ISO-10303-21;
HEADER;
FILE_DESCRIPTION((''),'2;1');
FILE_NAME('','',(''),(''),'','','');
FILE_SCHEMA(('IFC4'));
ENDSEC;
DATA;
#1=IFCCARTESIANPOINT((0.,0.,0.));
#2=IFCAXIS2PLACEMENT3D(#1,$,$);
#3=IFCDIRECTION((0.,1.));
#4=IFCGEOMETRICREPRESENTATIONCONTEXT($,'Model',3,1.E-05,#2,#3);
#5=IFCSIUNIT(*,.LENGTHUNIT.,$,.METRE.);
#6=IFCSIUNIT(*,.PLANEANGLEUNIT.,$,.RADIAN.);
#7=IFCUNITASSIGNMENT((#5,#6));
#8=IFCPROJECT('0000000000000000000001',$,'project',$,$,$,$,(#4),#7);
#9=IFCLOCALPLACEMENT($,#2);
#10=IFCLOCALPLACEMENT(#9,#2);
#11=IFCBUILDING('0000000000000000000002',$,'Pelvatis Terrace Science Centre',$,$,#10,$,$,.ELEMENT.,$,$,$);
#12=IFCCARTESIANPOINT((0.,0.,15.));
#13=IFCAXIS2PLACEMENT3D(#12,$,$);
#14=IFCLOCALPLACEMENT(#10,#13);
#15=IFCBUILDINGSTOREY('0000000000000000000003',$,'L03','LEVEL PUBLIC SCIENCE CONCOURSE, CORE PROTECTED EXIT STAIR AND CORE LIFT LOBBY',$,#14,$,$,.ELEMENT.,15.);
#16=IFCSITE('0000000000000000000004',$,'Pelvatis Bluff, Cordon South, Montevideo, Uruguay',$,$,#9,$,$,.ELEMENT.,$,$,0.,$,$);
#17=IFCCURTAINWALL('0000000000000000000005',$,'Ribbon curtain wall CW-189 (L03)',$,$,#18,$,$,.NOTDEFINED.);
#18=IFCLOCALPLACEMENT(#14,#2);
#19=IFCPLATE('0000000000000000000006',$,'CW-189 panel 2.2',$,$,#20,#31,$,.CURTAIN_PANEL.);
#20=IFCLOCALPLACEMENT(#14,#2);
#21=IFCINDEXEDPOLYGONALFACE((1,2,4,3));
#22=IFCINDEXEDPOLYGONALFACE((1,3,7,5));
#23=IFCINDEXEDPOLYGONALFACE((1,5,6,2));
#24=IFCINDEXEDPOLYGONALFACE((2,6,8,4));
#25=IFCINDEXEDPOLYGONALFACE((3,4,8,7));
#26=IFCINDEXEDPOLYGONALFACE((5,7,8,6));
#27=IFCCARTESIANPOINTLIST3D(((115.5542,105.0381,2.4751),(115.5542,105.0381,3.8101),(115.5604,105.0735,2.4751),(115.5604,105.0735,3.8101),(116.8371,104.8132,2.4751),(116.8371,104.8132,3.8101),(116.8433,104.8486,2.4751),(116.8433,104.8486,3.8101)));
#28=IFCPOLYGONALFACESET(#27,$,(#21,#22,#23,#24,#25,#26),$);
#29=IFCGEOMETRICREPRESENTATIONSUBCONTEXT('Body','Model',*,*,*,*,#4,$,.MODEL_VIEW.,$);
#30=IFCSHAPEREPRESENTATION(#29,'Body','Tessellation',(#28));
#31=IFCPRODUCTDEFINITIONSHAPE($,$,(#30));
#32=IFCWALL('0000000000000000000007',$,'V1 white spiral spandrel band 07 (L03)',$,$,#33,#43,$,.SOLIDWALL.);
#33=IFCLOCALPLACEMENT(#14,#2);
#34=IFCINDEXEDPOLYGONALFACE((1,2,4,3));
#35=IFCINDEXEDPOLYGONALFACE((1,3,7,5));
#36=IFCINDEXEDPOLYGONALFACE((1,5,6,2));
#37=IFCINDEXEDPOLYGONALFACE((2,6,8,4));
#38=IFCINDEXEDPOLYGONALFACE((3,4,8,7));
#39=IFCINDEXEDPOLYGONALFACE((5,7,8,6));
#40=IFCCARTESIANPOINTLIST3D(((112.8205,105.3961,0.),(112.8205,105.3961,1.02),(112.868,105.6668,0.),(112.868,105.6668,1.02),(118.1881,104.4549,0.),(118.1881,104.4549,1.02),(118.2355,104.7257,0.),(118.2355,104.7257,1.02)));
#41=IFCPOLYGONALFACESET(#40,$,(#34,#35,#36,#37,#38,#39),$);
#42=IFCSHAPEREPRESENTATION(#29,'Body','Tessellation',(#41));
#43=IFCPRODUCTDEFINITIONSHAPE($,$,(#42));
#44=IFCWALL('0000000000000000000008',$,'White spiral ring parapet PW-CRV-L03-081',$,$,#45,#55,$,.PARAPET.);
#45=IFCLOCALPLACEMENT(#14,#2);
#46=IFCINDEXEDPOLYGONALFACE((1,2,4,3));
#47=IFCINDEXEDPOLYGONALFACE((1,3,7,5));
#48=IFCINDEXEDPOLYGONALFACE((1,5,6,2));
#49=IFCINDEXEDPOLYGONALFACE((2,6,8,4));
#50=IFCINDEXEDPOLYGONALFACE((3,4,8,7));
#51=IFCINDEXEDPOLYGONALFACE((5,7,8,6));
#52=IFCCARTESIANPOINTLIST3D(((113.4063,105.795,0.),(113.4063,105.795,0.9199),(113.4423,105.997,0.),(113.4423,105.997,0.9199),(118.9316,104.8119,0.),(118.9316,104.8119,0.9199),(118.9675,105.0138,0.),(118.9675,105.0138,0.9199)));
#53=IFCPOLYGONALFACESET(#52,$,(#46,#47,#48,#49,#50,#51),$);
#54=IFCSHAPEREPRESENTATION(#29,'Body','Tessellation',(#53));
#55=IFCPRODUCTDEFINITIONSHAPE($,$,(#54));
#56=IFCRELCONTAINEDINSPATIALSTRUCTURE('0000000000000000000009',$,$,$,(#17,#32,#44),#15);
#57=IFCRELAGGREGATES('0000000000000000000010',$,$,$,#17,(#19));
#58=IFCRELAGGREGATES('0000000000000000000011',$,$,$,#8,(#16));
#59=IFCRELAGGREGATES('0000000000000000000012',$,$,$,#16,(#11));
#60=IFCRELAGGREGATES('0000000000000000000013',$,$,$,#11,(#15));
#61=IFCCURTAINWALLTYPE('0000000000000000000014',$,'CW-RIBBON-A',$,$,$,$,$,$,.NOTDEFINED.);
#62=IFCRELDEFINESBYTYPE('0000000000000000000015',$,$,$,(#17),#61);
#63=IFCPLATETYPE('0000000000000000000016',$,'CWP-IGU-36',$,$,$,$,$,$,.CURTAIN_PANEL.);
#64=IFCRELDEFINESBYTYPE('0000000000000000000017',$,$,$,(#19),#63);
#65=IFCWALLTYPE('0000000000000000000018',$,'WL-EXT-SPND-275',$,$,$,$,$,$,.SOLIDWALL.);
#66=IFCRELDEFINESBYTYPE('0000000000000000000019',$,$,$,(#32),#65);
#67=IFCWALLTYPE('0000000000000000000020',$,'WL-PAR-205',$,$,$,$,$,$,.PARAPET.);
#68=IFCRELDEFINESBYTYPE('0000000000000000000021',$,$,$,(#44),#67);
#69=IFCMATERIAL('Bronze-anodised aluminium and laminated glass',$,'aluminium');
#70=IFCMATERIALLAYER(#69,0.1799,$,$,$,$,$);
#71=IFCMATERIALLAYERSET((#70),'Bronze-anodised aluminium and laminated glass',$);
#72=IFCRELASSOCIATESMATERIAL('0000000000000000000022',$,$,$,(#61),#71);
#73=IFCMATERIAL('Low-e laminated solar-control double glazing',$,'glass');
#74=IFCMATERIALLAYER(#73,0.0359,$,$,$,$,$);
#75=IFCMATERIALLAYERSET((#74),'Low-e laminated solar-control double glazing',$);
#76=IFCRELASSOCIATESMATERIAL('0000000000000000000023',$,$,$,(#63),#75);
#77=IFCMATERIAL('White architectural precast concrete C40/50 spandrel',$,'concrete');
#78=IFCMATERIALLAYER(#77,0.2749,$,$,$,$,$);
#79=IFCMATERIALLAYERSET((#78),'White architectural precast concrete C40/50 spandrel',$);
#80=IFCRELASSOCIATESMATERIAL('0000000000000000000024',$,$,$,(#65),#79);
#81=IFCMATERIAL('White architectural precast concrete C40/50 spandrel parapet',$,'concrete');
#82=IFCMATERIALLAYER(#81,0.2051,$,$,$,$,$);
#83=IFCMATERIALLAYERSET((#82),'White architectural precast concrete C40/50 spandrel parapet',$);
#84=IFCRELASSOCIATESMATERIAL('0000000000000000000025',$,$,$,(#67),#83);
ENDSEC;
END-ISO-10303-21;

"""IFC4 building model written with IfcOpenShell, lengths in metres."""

from ifc_helpers import new_model, si_unit, direction, frame, frame_2d, origin, origin_2d, place, context, subcontext, project, spatial, rectangle, extrude, material, layer, layer_set, type_object, element, aggregate, save


model = new_model("IFC4")

# Units and contexts
model_context = context("Model", 3, precision=1e-05, world=origin(), true_north=direction((0.0, 1.0)))
body_context = subcontext(model_context, "Body", "Model", "MODEL_VIEW")
ifc_project = project(units=[si_unit("LENGTHUNIT", "METRE"), si_unit("PLANEANGLEUNIT", "RADIAN")], contexts=[model_context])

# Site, building, storey
site_placement = place(None, origin())
site = spatial("IfcSite", under=ifc_project, at=site_placement, Name="Pelvatis Bluff, Cordon South, Montevideo, Uruguay", CompositionType="ELEMENT", RefElevation=0.0)
building_placement = place(site_placement, origin())
building = spatial("IfcBuilding", under=site, at=building_placement, Name="Pelvatis Terrace Science Centre", CompositionType="ELEMENT")
storey_placement = place(building_placement, frame((0.0, 0.0, 15.0)))
storey = spatial("IfcBuildingStorey", under=building, at=storey_placement, Name="L03", Description="LEVEL PUBLIC SCIENCE CONCOURSE, CORE PROTECTED EXIT STAIR AND CORE LIFT LOBBY", CompositionType="ELEMENT", Elevation=15.0)

# Curtain wall
ifc_material_1 = material(Name="Bronze-anodised aluminium and laminated glass", Category="aluminium")
ifc_layer_1 = layer(ifc_material_1, 0.1799)
ifc_layer_set_1 = layer_set([ifc_layer_1], Name="Bronze-anodised aluminium and laminated glass")
curtain_wall_type = type_object("IfcCurtainWallType", Name="CW-RIBBON-A", PredefinedType="NOTDEFINED", material=ifc_layer_set_1)
curtain_wall_1_placement = place(storey_placement, origin())
curtain_wall_1 = element("IfcCurtainWall", 1, at=curtain_wall_1_placement, inside=storey, type_object=curtain_wall_type, Name="Ribbon curtain wall CW-189 (L03)", PredefinedType="NOTDEFINED")

# Plate
ifc_material_2 = material(Name="Low-e laminated solar-control double glazing", Category="glass")
ifc_layer_2 = layer(ifc_material_2, 0.0359)
ifc_layer_set_2 = layer_set([ifc_layer_2], Name="Low-e laminated solar-control double glazing")
plate_type = type_object("IfcPlateType", Name="CWP-IGU-36", PredefinedType="CURTAIN_PANEL", material=ifc_layer_set_2)
plate_1_placement = place(storey_placement, frame((116.1987, 104.9434, 2.4751), z_axis=(0.0, 0.0, 1.0), x_axis=(-0.984979, 0.172671, 0.0)))
plate_1 = element("IfcPlate", 2, at=plate_1_placement, type_object=plate_type, Name="CW-189 panel 2.2", PredefinedType="CURTAIN_PANEL", context=body_context, shape_type="SweptSolid", body=[
    extrude(rectangle(XDim=1.3025, YDim=0.0359, at=origin_2d()), origin(), (0.0, 0.0, 1.0), 1.335),
])
aggregate(curtain_wall_1, [plate_1])

# Walls
ifc_material_3 = material(Name="White architectural precast concrete C40/50 spandrel", Category="concrete")
ifc_layer_3 = layer(ifc_material_3, 0.2749)
ifc_layer_set_3 = layer_set([ifc_layer_3], Name="White architectural precast concrete C40/50 spandrel")
wall_type_1 = type_object("IfcWallType", Name="WL-EXT-SPND-275", PredefinedType="SOLIDWALL", material=ifc_layer_set_3)
wall_1_placement = place(storey_placement, frame((118.2117, 104.5903, 0.0), z_axis=(0.0, 0.0, 1.0), x_axis=(-0.984974, 0.172704, 0.0)))
element("IfcWall", 3, at=wall_1_placement, inside=storey, type_object=wall_type_1, Name="V1 white spiral spandrel band 07 (L03)", PredefinedType="SOLIDWALL", context=body_context, shape_type="SweptSolid", body=[
    extrude(rectangle(XDim=5.4495, YDim=0.2749, at=frame_2d((2.7246, 0.0))), origin(), (0.0, 0.0, 1.0), 1.02),
])
ifc_material_4 = material(Name="White architectural precast concrete C40/50 spandrel parapet", Category="concrete")
ifc_layer_4 = layer(ifc_material_4, 0.2051)
ifc_layer_set_4 = layer_set([ifc_layer_4], Name="White architectural precast concrete C40/50 spandrel parapet")
wall_type_2 = type_object("IfcWallType", Name="WL-PAR-205", PredefinedType="PARAPET", material=ifc_layer_set_4)
wall_2_placement = place(storey_placement, frame((118.9497, 104.9128, 0.0), z_axis=(0.0, 0.0, 1.0), x_axis=(-0.984536, 0.175182, 0.0)))
element("IfcWall", 4, at=wall_2_placement, inside=storey, type_object=wall_type_2, Name="White spiral ring parapet PW-CRV-L03-081", PredefinedType="PARAPET", context=body_context, shape_type="SweptSolid", body=[
    extrude(rectangle(XDim=5.6121, YDim=0.2051, at=frame_2d((2.8062, 0.0))), origin(), (0.0, 0.0, 1.0), 0.9199),
])

save(model, "model.ifc")
